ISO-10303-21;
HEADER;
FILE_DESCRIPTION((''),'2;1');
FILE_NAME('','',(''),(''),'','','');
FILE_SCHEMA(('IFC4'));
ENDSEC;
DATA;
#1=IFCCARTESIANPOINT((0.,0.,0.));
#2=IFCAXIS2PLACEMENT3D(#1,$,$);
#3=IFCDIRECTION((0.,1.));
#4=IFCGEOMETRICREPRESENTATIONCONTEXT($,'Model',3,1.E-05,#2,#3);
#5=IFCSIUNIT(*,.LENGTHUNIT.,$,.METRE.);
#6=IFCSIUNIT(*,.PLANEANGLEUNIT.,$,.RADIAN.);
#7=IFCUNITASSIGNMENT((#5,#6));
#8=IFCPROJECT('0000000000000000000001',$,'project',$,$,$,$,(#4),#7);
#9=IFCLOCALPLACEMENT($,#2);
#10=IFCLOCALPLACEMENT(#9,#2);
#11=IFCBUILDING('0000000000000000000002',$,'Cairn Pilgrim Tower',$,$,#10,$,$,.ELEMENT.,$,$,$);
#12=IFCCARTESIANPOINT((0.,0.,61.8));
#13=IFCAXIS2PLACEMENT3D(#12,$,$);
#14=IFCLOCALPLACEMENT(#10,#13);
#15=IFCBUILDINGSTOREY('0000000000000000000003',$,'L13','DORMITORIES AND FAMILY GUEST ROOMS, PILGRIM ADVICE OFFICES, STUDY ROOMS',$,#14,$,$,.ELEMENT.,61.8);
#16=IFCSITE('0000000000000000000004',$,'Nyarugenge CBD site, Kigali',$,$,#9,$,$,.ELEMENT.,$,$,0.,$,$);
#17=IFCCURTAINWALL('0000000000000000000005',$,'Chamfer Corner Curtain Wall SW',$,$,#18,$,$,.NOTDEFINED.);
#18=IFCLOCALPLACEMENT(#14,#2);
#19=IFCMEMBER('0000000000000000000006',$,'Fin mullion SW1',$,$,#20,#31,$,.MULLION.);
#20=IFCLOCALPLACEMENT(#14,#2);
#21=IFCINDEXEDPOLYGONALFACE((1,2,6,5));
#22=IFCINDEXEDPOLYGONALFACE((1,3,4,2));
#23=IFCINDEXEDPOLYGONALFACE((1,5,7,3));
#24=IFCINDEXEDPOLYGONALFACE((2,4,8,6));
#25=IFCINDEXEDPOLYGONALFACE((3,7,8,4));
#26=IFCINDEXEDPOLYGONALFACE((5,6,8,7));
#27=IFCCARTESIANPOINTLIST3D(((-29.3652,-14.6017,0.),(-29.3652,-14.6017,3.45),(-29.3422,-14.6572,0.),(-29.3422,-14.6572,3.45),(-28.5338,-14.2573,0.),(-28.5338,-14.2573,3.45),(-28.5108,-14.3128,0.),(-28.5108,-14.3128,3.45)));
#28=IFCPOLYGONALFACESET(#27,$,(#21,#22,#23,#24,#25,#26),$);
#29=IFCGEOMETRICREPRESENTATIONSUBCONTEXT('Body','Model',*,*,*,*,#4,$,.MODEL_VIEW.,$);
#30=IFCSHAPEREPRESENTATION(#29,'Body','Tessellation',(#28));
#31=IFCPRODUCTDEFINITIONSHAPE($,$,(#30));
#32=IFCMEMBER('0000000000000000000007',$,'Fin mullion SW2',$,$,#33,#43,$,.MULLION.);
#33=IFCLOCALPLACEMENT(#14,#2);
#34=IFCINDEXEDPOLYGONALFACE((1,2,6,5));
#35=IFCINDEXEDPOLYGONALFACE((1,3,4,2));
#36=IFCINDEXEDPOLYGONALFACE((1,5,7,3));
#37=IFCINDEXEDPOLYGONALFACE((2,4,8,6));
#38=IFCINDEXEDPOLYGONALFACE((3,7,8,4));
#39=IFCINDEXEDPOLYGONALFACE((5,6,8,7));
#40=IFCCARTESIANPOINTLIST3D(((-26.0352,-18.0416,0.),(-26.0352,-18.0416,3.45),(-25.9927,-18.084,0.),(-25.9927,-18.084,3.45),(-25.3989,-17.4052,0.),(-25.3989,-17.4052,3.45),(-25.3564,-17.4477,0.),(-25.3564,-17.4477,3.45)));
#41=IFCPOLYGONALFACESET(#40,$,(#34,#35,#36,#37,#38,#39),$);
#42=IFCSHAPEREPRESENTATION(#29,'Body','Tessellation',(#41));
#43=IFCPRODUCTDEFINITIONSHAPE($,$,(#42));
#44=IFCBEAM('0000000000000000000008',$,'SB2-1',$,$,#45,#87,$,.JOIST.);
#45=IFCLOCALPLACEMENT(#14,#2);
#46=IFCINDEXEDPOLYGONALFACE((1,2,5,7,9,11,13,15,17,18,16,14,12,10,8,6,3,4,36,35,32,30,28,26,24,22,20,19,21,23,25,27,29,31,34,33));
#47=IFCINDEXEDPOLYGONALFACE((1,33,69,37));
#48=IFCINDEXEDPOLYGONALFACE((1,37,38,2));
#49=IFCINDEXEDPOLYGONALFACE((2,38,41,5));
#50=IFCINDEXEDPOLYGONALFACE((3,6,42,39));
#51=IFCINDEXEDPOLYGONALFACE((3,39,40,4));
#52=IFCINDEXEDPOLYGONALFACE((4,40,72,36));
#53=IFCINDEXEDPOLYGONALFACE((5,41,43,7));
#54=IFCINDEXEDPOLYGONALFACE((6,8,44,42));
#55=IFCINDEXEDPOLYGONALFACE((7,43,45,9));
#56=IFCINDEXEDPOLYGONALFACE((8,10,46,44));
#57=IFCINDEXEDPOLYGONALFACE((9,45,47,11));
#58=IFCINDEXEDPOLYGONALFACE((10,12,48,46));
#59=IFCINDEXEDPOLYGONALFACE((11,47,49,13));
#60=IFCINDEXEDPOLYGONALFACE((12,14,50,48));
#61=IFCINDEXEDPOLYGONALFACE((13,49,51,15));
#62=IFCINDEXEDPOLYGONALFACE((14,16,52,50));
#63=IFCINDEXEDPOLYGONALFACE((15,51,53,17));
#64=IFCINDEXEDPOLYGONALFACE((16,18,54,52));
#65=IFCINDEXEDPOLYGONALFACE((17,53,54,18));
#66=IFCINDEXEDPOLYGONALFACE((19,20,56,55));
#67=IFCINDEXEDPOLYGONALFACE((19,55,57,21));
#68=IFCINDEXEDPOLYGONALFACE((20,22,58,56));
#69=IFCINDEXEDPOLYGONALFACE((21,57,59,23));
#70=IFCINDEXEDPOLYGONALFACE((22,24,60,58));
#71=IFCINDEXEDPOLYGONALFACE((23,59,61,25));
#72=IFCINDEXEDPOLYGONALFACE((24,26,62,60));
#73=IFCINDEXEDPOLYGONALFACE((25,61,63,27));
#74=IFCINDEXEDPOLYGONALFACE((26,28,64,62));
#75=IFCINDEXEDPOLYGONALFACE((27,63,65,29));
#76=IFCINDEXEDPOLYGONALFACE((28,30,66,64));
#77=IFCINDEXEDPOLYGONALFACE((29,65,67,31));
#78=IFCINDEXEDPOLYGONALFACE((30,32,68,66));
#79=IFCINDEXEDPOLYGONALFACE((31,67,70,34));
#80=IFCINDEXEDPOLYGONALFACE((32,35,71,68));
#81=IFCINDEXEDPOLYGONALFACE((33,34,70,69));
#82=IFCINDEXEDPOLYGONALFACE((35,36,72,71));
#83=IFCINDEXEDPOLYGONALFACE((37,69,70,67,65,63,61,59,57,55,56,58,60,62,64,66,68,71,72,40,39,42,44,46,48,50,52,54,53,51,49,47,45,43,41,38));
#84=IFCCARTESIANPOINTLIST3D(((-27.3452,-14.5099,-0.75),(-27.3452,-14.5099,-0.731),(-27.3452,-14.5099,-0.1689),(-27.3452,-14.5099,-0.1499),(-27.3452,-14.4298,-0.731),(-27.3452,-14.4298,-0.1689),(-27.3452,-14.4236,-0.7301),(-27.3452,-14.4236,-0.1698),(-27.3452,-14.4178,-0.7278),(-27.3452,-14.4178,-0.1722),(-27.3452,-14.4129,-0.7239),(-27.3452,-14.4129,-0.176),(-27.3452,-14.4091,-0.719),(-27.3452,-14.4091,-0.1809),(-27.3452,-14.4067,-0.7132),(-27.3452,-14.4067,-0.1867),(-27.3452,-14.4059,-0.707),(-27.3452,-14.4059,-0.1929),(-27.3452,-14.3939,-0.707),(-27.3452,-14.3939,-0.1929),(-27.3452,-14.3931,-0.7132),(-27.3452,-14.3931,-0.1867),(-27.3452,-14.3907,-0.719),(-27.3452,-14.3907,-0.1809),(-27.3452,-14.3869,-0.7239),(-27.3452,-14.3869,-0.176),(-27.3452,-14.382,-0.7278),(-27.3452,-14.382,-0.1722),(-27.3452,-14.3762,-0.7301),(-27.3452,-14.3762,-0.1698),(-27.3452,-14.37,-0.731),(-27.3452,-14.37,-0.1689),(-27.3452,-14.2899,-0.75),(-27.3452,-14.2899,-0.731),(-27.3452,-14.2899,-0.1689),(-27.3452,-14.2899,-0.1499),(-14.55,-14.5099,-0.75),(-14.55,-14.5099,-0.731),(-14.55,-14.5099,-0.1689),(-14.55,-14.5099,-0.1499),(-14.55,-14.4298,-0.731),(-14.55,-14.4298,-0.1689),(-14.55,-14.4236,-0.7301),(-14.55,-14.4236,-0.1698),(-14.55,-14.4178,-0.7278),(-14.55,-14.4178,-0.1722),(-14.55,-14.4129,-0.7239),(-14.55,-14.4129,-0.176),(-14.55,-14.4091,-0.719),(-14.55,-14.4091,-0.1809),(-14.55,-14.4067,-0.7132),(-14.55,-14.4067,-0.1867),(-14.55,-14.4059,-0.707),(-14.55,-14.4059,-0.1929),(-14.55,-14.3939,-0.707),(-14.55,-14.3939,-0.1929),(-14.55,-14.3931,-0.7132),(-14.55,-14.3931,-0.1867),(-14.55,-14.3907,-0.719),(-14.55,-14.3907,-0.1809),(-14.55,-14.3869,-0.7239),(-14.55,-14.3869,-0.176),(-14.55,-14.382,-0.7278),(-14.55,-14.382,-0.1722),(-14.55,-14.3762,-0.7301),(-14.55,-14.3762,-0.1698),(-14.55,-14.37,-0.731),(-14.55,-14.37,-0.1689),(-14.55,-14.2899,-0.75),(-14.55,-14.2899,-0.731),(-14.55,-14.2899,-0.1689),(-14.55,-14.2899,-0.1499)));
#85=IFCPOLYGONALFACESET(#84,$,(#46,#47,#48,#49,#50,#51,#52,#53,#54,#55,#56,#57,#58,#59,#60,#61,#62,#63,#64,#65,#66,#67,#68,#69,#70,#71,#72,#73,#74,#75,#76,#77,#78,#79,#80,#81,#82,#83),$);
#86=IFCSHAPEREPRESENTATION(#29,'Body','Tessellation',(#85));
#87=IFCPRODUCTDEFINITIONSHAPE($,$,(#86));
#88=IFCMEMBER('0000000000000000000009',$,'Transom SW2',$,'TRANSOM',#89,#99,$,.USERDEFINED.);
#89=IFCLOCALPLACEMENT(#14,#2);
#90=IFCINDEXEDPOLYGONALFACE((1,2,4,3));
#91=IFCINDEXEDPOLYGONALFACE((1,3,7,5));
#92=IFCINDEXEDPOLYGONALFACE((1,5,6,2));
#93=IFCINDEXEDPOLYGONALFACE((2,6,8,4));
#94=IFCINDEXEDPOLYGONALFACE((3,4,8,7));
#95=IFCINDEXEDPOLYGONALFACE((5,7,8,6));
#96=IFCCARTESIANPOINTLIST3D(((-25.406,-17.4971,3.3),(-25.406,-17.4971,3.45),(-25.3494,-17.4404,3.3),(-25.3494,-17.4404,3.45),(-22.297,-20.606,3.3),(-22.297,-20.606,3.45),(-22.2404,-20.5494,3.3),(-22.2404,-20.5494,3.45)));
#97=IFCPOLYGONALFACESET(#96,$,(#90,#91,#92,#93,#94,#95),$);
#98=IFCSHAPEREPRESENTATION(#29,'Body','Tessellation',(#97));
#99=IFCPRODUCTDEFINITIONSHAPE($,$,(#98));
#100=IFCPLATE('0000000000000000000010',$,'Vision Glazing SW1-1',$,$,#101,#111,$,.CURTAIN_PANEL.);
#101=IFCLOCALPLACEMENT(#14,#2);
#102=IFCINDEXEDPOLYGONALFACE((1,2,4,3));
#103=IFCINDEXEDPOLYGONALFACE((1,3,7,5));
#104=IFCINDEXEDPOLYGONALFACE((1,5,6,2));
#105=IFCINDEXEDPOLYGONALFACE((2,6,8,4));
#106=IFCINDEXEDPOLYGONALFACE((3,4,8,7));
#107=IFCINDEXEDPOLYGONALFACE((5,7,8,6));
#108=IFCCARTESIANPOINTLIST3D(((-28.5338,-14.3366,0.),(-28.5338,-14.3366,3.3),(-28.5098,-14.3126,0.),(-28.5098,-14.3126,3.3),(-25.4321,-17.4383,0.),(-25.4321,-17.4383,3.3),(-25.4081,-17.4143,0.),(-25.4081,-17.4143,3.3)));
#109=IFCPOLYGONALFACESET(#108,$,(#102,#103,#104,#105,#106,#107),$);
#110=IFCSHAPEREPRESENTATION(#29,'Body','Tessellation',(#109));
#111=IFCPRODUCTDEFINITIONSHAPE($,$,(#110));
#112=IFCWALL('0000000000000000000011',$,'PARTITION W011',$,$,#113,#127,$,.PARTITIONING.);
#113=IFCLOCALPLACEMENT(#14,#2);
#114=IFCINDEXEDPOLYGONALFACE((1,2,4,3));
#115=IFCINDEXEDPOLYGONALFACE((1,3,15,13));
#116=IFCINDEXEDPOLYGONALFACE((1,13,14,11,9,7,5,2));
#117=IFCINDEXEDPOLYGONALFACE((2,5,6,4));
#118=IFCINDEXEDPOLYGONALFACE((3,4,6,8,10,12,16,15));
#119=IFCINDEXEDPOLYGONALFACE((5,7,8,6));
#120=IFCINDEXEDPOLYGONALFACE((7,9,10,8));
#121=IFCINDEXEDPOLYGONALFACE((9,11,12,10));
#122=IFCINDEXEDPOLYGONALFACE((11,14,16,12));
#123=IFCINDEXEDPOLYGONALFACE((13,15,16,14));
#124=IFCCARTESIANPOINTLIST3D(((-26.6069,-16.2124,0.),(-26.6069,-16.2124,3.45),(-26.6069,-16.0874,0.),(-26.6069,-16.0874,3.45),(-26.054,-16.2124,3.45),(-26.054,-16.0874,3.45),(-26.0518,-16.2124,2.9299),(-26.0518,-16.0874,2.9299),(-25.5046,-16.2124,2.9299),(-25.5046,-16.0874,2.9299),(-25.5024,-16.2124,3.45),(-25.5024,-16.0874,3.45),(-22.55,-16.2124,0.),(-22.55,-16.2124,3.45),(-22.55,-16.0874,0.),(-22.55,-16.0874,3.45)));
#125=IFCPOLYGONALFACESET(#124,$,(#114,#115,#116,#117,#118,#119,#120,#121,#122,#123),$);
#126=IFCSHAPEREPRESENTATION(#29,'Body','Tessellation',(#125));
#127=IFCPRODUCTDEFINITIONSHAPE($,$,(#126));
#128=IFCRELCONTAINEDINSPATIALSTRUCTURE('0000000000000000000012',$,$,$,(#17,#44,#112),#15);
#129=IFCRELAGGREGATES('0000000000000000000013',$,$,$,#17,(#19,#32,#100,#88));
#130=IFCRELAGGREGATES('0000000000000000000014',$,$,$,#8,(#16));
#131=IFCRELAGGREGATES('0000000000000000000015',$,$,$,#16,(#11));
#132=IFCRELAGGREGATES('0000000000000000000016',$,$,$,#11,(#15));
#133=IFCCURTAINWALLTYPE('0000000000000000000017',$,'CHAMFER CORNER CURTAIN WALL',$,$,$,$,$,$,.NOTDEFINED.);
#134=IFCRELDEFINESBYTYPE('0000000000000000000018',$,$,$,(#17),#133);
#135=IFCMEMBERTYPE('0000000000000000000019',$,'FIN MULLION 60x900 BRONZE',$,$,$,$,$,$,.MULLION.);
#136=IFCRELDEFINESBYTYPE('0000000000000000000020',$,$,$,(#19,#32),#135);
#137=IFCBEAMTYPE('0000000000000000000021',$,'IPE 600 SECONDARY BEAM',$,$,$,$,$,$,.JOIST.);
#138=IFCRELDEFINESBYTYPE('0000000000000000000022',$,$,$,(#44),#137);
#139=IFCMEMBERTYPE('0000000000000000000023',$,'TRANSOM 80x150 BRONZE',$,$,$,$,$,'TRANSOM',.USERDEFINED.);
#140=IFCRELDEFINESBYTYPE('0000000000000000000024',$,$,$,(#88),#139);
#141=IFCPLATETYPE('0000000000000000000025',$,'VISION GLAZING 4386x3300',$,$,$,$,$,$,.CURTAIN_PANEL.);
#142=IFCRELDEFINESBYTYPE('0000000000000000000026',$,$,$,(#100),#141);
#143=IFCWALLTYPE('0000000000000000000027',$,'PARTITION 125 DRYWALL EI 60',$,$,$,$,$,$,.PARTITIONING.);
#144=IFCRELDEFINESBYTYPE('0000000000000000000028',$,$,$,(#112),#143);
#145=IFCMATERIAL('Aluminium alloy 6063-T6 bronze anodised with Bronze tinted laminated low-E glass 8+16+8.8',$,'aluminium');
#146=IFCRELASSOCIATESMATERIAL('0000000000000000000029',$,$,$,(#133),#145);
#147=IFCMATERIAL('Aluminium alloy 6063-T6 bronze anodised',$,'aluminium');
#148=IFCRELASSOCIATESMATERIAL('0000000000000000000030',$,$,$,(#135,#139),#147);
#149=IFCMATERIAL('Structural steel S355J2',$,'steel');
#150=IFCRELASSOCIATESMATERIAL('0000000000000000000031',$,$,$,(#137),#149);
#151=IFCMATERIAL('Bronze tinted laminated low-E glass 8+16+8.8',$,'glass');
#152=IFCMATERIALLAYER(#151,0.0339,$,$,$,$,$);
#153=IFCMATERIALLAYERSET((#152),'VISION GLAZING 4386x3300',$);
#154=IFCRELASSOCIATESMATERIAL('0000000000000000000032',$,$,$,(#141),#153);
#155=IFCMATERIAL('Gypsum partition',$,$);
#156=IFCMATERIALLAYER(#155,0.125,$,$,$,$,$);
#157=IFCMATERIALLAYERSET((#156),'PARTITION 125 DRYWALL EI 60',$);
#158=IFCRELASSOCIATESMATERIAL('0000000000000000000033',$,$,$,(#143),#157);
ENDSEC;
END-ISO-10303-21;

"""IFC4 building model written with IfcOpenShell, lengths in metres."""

from ifc_helpers import new_model, si_unit, direction, frame, origin, origin_2d, place, context, subcontext, project, spatial, polyline, rectangle, i_section, outline, extrude, material, layer, layer_set, material_profile, profile_set, type_object, element, aggregate, save


model = new_model("IFC4")

# Units and contexts
model_context = context("Model", 3, precision=1e-05, world=origin(), true_north=direction((0.0, 1.0)))
body_context = subcontext(model_context, "Body", "Model", "MODEL_VIEW")
ifc_project = project(units=[si_unit("LENGTHUNIT", "METRE"), si_unit("PLANEANGLEUNIT", "RADIAN")], contexts=[model_context])

# Site, building, storey
site_placement = place(None, origin())
site = spatial("IfcSite", under=ifc_project, at=site_placement, Name="Nyarugenge CBD site, Kigali", CompositionType="ELEMENT", RefElevation=0.0)
building_placement = place(site_placement, origin())
building = spatial("IfcBuilding", under=site, at=building_placement, Name="Cairn Pilgrim Tower", CompositionType="ELEMENT")
storey_placement = place(building_placement, frame((0.0, 0.0, 61.8)))
storey = spatial("IfcBuildingStorey", under=building, at=storey_placement, Name="L13", Description="DORMITORIES AND FAMILY GUEST ROOMS, PILGRIM ADVICE OFFICES, STUDY ROOMS", CompositionType="ELEMENT", Elevation=61.8)

# Curtain wall, members
ifc_material_1 = material(Name="Aluminium alloy 6063-T6 bronze anodised with Bronze tinted laminated low-E glass 8+16+8.8", Category="aluminium")
curtain_wall_type = type_object("IfcCurtainWallType", Name="CHAMFER CORNER CURTAIN WALL", PredefinedType="NOTDEFINED", material=ifc_material_1)
curtain_wall_placement = place(storey_placement, origin())
curtain_wall = element("IfcCurtainWall", 1, at=curtain_wall_placement, inside=storey, type_object=curtain_wall_type, Name="Chamfer Corner Curtain Wall SW", PredefinedType="NOTDEFINED")
ifc_material_2 = material(Name="Aluminium alloy 6063-T6 bronze anodised", Category="aluminium")
ifc_material_profile_1 = material_profile(ifc_material_2, rectangle(XDim=0.8999, YDim=0.0601, at=origin_2d()), Name="FIN MULLION 60x900 BRONZE")
ifc_profile_set_1 = profile_set([ifc_material_profile_1], Name="Aluminium alloy 6063-T6 bronze anodised")
member_type_1 = type_object("IfcMemberType", Name="FIN MULLION 60x900 BRONZE", PredefinedType="MULLION", material=ifc_profile_set_1)
member_1_placement = place(storey_placement, frame((-28.938, -14.4573, 0.0), z_axis=(0.0, 0.0, 1.0), x_axis=(-0.92388, -0.382683, 0.0)))
member_1 = element("IfcMember", 2, at=member_1_placement, type_object=member_type_1, Name="Fin mullion SW1", PredefinedType="MULLION", context=body_context, shape_type="SweptSolid", body=[
    extrude(rectangle(XDim=0.8999, YDim=0.0601, at=origin_2d()), origin(), (0.0, 0.0, 1.0), 3.45),
])
member_2_placement = place(storey_placement, frame((-25.6958, -17.7446, 0.0), z_axis=(0.0, 0.0, 1.0), x_axis=(-0.707107, -0.707107, 0.0)))
member_2 = element("IfcMember", 3, at=member_2_placement, type_object=member_type_1, Name="Fin mullion SW2", PredefinedType="MULLION", context=body_context, shape_type="SweptSolid", body=[
    extrude(rectangle(XDim=0.8999, YDim=0.0601, at=origin_2d()), origin(), (0.0, 0.0, 1.0), 3.45),
])

# Beam
ifc_material_3 = material(Name="Structural steel S355J2", Category="steel")
ifc_material_profile_2 = material_profile(ifc_material_3, i_section(OverallWidth=0.22, OverallDepth=0.6001, WebThickness=0.012, FlangeThickness=0.019, FilletRadius=0.0239, at=origin_2d()), Name="IPE 600")
ifc_profile_set_2 = profile_set([ifc_material_profile_2], Name="Structural steel S355J2")
beam_type = type_object("IfcBeamType", Name="IPE 600 SECONDARY BEAM", PredefinedType="JOIST", material=ifc_profile_set_2)
beam_placement = place(storey_placement, frame((-27.3452, -14.3999, -0.45), z_axis=(1.0, 0.0, 0.0), x_axis=(0.0, 1.0, 0.0)))
element("IfcBeam", 4, at=beam_placement, inside=storey, type_object=beam_type, Name="SB2-1", PredefinedType="JOIST", context=body_context, shape_type="SweptSolid", body=[
    extrude(i_section(OverallWidth=0.22, OverallDepth=0.6001, WebThickness=0.012, FlangeThickness=0.019, FilletRadius=0.0239, at=origin_2d()), origin(), (0.0, 0.0, 1.0), 12.7952),
])

# Member
ifc_material_profile_3 = material_profile(ifc_material_2, rectangle(XDim=0.0801, YDim=0.1499, at=origin_2d()), Name="TRANSOM 80x150 BRONZE")
ifc_profile_set_3 = profile_set([ifc_material_profile_3], Name="Aluminium alloy 6063-T6 bronze anodised")
member_type_2 = type_object("IfcMemberType", Name="TRANSOM 80x150 BRONZE", ElementType="TRANSOM", PredefinedType="USERDEFINED", material=ifc_profile_set_3)
member_3_placement = place(storey_placement, frame((-25.3777, -17.4688, 3.375), z_axis=(0.707107, -0.707107, 0.0), x_axis=(0.707107, 0.707107, 0.0)))
member_3 = element("IfcMember", 5, at=member_3_placement, type_object=member_type_2, Name="Transom SW2", ObjectType="TRANSOM", PredefinedType="USERDEFINED", context=body_context, shape_type="SweptSolid", body=[
    extrude(rectangle(XDim=0.0801, YDim=0.1499, at=origin_2d()), origin(), (0.0, 0.0, 1.0), 4.3967),
])

# Plate
ifc_material_4 = material(Name="Bronze tinted laminated low-E glass 8+16+8.8", Category="glass")
ifc_layer_1 = layer(ifc_material_4, 0.0339)
ifc_layer_set_1 = layer_set([ifc_layer_1], Name="VISION GLAZING 4386x3300")
plate_type = type_object("IfcPlateType", Name="VISION GLAZING 4386x3300", PredefinedType="CURTAIN_PANEL", material=ifc_layer_set_1)
plate_placement = place(storey_placement, frame((-26.9709, -15.8755, 0.0), z_axis=(0.0, 0.0, 1.0), x_axis=(0.707107, -0.707107, 0.0)))
plate = element("IfcPlate", 6, at=plate_placement, type_object=plate_type, Name="Vision Glazing SW1-1", PredefinedType="CURTAIN_PANEL", context=body_context, shape_type="SweptSolid", body=[
    extrude(rectangle(XDim=4.3865, YDim=0.0339, at=origin_2d()), origin(), (0.0, 0.0, 1.0), 3.3),
])
aggregate(curtain_wall, [member_1, member_2, plate, member_3])

# Wall
ifc_material_5 = material(Name="Gypsum partition")
ifc_layer_2 = layer(ifc_material_5, 0.125)
ifc_layer_set_2 = layer_set([ifc_layer_2], Name="PARTITION 125 DRYWALL EI 60")
wall_type = type_object("IfcWallType", Name="PARTITION 125 DRYWALL EI 60", PredefinedType="PARTITIONING", material=ifc_layer_set_2)
wall_placement = place(storey_placement, frame((-26.6069, -16.1499, 0.0), z_axis=(0.0, 0.0, 1.0), x_axis=(1.0, 0.0, 0.0)))
element("IfcWall", 7, at=wall_placement, inside=storey, type_object=wall_type, Name="PARTITION W011", PredefinedType="PARTITIONING", context=body_context, shape_type="SweptSolid", body=[
    extrude(outline(polyline([(0.0, 0.0), (4.0569, 0.0), (4.0569, 3.45), (1.1045, 3.45), (1.1023, 2.9299), (0.5552, 2.9299), (0.553, 3.45), (0.0, 3.45), (0.0, 0.0)])), frame((0.0, 0.0625, 0.0), z_axis=(0.0, -1.0, 0.0), x_axis=(1.0, 0.0, 0.0)), (0.0, 0.0, 1.0), 0.125),
])

save(model, "model.ifc")
